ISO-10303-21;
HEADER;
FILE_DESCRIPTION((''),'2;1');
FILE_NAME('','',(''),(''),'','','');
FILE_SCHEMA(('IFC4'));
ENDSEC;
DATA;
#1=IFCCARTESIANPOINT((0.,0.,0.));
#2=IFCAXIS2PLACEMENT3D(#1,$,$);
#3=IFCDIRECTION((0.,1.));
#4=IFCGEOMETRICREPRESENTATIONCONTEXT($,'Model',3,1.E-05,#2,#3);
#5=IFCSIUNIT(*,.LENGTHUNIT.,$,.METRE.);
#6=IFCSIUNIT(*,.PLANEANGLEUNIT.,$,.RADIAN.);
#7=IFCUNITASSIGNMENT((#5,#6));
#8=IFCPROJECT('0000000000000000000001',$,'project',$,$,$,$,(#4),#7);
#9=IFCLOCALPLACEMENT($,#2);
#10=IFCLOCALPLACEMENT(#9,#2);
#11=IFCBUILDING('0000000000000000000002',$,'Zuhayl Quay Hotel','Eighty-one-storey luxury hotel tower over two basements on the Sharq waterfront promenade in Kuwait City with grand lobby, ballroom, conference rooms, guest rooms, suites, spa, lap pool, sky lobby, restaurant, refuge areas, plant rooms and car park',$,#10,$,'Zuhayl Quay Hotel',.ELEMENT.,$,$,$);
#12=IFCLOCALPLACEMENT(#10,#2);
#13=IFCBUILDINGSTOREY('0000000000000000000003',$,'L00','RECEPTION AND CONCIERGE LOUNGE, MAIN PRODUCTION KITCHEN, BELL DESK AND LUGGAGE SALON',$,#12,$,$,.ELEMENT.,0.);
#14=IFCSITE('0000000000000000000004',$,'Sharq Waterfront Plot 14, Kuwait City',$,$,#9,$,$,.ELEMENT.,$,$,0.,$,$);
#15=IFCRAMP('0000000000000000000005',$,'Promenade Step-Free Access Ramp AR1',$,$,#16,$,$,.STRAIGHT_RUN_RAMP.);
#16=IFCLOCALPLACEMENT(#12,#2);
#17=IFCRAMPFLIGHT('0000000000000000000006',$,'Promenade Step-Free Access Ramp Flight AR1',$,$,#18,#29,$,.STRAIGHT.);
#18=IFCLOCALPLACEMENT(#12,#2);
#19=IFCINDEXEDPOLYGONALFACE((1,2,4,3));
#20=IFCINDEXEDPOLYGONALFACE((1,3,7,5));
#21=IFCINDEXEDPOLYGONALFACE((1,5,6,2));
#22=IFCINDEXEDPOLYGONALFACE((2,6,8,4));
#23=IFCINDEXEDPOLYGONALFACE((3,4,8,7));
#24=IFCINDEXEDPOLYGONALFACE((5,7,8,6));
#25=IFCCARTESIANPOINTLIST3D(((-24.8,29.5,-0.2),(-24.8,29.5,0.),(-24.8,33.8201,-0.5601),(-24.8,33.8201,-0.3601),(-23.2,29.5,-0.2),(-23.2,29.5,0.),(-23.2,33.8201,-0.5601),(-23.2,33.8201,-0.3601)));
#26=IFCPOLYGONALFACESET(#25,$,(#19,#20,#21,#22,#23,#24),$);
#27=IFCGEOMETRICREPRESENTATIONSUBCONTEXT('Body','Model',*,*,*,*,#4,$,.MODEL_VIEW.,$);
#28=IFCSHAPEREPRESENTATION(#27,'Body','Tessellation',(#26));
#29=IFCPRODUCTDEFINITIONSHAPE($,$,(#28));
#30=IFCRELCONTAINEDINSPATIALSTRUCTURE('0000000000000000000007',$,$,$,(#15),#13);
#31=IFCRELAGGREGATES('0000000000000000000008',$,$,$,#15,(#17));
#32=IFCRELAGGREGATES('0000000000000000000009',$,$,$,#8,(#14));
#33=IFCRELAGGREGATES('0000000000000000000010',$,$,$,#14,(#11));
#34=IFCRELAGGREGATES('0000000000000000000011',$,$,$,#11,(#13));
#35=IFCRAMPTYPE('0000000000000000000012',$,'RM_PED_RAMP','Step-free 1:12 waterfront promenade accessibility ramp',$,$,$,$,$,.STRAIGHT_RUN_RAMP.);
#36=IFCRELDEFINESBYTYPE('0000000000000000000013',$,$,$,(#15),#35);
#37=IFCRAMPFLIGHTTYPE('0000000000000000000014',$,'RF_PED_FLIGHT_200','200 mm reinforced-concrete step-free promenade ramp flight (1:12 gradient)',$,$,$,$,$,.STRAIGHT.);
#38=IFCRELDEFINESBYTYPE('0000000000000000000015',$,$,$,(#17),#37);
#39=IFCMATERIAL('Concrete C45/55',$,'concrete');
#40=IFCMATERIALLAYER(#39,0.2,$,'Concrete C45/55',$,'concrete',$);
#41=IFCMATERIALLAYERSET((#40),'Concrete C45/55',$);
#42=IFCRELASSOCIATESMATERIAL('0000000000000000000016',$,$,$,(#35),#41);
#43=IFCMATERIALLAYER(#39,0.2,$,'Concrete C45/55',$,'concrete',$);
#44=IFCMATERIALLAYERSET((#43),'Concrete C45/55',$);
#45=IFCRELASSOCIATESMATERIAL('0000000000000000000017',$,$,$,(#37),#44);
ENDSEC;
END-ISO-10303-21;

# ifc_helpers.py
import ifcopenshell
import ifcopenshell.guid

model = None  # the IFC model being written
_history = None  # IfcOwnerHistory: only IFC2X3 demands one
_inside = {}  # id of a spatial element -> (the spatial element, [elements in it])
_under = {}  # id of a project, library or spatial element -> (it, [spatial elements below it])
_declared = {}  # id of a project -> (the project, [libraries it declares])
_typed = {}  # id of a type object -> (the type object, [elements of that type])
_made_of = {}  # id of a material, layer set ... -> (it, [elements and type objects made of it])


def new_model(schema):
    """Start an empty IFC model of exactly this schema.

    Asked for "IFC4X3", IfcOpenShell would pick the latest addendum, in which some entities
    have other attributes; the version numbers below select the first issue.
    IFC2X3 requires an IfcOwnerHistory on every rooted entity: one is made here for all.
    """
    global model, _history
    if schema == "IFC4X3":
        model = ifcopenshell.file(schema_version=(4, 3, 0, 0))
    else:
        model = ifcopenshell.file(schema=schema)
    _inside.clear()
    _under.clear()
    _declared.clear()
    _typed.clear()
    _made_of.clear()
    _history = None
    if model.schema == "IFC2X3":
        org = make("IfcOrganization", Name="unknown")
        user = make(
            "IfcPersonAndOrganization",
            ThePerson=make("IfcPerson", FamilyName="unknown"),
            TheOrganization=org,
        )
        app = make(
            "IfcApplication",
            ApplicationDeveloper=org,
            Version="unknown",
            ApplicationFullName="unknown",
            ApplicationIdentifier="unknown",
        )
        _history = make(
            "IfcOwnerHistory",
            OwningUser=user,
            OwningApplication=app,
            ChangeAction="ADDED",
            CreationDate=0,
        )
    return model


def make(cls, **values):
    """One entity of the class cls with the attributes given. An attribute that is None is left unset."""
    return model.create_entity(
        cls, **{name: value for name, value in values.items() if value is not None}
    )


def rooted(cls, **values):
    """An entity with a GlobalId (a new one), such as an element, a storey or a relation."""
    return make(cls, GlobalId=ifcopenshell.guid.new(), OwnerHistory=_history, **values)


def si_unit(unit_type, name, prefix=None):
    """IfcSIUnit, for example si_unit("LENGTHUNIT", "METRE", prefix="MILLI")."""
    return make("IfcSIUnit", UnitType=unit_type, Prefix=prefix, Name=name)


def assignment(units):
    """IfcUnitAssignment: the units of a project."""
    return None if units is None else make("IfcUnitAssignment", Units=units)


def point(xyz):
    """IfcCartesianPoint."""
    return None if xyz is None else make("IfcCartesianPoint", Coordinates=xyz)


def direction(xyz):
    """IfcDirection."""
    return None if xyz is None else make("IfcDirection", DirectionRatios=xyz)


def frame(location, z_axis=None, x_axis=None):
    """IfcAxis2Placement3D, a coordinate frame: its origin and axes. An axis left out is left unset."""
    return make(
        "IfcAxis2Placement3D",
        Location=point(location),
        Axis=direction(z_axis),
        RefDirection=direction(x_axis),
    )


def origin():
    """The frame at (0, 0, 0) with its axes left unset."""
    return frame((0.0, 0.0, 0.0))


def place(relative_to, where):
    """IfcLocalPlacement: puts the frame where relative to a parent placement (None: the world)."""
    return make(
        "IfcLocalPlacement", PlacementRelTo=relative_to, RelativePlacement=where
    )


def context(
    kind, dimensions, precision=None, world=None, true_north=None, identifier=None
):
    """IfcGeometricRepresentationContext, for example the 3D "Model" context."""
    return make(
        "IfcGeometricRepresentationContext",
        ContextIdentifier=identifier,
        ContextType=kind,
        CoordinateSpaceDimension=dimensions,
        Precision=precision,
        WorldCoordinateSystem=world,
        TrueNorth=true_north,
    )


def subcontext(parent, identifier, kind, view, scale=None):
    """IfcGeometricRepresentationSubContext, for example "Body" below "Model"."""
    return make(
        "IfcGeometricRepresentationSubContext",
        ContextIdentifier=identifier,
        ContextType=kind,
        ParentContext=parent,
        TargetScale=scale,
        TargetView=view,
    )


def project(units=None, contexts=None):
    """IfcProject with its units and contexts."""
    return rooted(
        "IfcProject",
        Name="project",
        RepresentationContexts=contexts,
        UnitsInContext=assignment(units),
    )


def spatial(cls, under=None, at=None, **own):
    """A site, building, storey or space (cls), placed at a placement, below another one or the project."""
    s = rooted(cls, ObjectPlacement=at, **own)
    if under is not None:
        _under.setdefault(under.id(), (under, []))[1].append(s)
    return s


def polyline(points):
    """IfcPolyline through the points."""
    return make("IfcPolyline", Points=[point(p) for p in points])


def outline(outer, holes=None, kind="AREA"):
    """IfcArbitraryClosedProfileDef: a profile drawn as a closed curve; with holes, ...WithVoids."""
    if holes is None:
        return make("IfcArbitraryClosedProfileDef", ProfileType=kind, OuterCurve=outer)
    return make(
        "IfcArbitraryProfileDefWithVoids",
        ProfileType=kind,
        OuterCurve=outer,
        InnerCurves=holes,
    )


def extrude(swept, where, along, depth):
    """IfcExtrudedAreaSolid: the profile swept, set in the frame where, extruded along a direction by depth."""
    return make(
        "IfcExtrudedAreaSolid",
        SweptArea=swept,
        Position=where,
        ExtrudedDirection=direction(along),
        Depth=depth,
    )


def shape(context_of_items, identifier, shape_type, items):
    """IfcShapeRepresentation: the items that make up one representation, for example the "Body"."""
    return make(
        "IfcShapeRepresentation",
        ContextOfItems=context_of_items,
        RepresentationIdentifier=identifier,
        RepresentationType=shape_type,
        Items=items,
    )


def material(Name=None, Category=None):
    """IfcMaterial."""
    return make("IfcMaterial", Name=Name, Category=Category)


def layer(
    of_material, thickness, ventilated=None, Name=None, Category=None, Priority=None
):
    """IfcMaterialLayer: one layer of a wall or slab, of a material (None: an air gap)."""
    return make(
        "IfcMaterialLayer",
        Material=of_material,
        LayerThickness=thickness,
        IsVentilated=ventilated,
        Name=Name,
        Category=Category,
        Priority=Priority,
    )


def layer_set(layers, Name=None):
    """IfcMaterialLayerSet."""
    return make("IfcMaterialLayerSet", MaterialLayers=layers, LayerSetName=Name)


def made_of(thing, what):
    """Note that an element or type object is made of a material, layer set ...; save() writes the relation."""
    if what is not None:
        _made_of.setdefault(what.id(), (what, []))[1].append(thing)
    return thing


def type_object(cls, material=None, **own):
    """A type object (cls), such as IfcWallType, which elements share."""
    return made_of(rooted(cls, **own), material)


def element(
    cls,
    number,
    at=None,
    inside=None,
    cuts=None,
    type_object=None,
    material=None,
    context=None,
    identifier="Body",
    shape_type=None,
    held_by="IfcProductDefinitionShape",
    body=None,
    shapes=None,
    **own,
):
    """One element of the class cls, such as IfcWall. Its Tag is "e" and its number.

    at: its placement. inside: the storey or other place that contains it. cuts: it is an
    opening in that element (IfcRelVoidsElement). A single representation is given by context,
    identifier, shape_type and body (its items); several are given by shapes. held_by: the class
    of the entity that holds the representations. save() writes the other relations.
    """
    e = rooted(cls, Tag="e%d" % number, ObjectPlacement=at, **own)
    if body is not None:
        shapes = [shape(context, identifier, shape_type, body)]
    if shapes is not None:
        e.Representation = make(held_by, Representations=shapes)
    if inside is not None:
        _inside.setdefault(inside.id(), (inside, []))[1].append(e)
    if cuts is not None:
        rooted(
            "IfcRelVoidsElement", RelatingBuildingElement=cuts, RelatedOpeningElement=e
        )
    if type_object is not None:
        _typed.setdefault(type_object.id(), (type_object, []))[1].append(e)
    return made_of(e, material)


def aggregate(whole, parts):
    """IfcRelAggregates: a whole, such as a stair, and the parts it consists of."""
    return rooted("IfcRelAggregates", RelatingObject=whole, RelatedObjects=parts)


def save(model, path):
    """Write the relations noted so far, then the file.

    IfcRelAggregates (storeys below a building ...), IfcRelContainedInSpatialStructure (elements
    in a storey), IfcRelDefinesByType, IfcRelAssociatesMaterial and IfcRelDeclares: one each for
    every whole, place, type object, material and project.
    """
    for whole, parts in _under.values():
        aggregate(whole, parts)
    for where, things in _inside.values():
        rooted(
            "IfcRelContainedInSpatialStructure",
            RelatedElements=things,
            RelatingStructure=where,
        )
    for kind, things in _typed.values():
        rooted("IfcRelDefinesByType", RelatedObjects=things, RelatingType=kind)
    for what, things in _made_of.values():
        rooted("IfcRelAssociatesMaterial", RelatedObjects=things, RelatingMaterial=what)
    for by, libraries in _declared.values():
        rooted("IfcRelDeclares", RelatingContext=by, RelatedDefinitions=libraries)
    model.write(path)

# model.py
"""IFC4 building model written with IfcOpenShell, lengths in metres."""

from ifc_helpers import new_model, si_unit, direction, frame, origin, place, context, subcontext, project, spatial, polyline, outline, extrude, material, layer, layer_set, type_object, element, aggregate, save


model = new_model("IFC4")

# Units and contexts
model_context = context("Model", 3, precision=1e-05, world=origin(), true_north=direction((0.0, 1.0)))
body_context = subcontext(model_context, "Body", "Model", "MODEL_VIEW")
ifc_project = project(units=[si_unit("LENGTHUNIT", "METRE"), si_unit("PLANEANGLEUNIT", "RADIAN")], contexts=[model_context])

# Site, building, storey
site_placement = place(None, origin())
site = spatial("IfcSite", under=ifc_project, at=site_placement, Name="Sharq Waterfront Plot 14, Kuwait City", CompositionType="ELEMENT", RefElevation=0.0)
building_placement = place(site_placement, origin())
building = spatial("IfcBuilding", under=site, at=building_placement, Name="Zuhayl Quay Hotel", Description="Eighty-one-storey luxury hotel tower over two basements on the Sharq waterfront promenade in Kuwait City with grand lobby, ballroom, conference rooms, guest rooms, suites, spa, lap pool, sky lobby, restaurant, refuge areas, plant rooms and car park", LongName="Zuhayl Quay Hotel", CompositionType="ELEMENT")
storey_placement = place(building_placement, origin())
storey = spatial("IfcBuildingStorey", under=building, at=storey_placement, Name="L00", Description="RECEPTION AND CONCIERGE LOUNGE, MAIN PRODUCTION KITCHEN, BELL DESK AND LUGGAGE SALON", CompositionType="ELEMENT", Elevation=0.0)

# Ramp, ramp flight
ifc_material_1 = material(Name="Concrete C45/55", Category="concrete")
ifc_layer_1 = layer(ifc_material_1, 0.2, Name="Concrete C45/55", Category="concrete")
ifc_layer_set_1 = layer_set([ifc_layer_1], Name="Concrete C45/55")
ramp_type = type_object("IfcRampType", Name="RM_PED_RAMP", Description="Step-free 1:12 waterfront promenade accessibility ramp", PredefinedType="STRAIGHT_RUN_RAMP", material=ifc_layer_set_1)
ramp_placement = place(storey_placement, origin())
ramp = element("IfcRamp", 1, at=ramp_placement, inside=storey, type_object=ramp_type, Name="Promenade Step-Free Access Ramp AR1", PredefinedType="STRAIGHT_RUN_RAMP")
ifc_layer_2 = layer(ifc_material_1, 0.2, Name="Concrete C45/55", Category="concrete")
ifc_layer_set_2 = layer_set([ifc_layer_2], Name="Concrete C45/55")
ramp_flight_type = type_object("IfcRampFlightType", Name="RF_PED_FLIGHT_200", Description="200 mm reinforced-concrete step-free promenade ramp flight (1:12 gradient)", PredefinedType="STRAIGHT", material=ifc_layer_set_2)
ramp_flight_placement = place(storey_placement, frame((-24.0, 33.8201, -0.3601), z_axis=(0.0, 0.0, 1.0), x_axis=(0.0, -1.0, 0.0)))
ramp_flight = element("IfcRampFlight", 2, at=ramp_flight_placement, type_object=ramp_flight_type, Name="Promenade Step-Free Access Ramp Flight AR1", PredefinedType="STRAIGHT", context=body_context, shape_type="SweptSolid", body=[
    extrude(outline(polyline([(0.0, -0.2), (4.3201, 0.1602), (4.3201, 0.3601), (0.0, 0.0), (0.0, -0.2)])), frame((0.0, 0.8, 0.0), z_axis=(0.0, -1.0, 0.0), x_axis=(1.0, 0.0, 0.0)), (0.0, 0.0, 1.0), 1.6001),
])
aggregate(ramp, [ramp_flight])

save(model, "model.ifc")
